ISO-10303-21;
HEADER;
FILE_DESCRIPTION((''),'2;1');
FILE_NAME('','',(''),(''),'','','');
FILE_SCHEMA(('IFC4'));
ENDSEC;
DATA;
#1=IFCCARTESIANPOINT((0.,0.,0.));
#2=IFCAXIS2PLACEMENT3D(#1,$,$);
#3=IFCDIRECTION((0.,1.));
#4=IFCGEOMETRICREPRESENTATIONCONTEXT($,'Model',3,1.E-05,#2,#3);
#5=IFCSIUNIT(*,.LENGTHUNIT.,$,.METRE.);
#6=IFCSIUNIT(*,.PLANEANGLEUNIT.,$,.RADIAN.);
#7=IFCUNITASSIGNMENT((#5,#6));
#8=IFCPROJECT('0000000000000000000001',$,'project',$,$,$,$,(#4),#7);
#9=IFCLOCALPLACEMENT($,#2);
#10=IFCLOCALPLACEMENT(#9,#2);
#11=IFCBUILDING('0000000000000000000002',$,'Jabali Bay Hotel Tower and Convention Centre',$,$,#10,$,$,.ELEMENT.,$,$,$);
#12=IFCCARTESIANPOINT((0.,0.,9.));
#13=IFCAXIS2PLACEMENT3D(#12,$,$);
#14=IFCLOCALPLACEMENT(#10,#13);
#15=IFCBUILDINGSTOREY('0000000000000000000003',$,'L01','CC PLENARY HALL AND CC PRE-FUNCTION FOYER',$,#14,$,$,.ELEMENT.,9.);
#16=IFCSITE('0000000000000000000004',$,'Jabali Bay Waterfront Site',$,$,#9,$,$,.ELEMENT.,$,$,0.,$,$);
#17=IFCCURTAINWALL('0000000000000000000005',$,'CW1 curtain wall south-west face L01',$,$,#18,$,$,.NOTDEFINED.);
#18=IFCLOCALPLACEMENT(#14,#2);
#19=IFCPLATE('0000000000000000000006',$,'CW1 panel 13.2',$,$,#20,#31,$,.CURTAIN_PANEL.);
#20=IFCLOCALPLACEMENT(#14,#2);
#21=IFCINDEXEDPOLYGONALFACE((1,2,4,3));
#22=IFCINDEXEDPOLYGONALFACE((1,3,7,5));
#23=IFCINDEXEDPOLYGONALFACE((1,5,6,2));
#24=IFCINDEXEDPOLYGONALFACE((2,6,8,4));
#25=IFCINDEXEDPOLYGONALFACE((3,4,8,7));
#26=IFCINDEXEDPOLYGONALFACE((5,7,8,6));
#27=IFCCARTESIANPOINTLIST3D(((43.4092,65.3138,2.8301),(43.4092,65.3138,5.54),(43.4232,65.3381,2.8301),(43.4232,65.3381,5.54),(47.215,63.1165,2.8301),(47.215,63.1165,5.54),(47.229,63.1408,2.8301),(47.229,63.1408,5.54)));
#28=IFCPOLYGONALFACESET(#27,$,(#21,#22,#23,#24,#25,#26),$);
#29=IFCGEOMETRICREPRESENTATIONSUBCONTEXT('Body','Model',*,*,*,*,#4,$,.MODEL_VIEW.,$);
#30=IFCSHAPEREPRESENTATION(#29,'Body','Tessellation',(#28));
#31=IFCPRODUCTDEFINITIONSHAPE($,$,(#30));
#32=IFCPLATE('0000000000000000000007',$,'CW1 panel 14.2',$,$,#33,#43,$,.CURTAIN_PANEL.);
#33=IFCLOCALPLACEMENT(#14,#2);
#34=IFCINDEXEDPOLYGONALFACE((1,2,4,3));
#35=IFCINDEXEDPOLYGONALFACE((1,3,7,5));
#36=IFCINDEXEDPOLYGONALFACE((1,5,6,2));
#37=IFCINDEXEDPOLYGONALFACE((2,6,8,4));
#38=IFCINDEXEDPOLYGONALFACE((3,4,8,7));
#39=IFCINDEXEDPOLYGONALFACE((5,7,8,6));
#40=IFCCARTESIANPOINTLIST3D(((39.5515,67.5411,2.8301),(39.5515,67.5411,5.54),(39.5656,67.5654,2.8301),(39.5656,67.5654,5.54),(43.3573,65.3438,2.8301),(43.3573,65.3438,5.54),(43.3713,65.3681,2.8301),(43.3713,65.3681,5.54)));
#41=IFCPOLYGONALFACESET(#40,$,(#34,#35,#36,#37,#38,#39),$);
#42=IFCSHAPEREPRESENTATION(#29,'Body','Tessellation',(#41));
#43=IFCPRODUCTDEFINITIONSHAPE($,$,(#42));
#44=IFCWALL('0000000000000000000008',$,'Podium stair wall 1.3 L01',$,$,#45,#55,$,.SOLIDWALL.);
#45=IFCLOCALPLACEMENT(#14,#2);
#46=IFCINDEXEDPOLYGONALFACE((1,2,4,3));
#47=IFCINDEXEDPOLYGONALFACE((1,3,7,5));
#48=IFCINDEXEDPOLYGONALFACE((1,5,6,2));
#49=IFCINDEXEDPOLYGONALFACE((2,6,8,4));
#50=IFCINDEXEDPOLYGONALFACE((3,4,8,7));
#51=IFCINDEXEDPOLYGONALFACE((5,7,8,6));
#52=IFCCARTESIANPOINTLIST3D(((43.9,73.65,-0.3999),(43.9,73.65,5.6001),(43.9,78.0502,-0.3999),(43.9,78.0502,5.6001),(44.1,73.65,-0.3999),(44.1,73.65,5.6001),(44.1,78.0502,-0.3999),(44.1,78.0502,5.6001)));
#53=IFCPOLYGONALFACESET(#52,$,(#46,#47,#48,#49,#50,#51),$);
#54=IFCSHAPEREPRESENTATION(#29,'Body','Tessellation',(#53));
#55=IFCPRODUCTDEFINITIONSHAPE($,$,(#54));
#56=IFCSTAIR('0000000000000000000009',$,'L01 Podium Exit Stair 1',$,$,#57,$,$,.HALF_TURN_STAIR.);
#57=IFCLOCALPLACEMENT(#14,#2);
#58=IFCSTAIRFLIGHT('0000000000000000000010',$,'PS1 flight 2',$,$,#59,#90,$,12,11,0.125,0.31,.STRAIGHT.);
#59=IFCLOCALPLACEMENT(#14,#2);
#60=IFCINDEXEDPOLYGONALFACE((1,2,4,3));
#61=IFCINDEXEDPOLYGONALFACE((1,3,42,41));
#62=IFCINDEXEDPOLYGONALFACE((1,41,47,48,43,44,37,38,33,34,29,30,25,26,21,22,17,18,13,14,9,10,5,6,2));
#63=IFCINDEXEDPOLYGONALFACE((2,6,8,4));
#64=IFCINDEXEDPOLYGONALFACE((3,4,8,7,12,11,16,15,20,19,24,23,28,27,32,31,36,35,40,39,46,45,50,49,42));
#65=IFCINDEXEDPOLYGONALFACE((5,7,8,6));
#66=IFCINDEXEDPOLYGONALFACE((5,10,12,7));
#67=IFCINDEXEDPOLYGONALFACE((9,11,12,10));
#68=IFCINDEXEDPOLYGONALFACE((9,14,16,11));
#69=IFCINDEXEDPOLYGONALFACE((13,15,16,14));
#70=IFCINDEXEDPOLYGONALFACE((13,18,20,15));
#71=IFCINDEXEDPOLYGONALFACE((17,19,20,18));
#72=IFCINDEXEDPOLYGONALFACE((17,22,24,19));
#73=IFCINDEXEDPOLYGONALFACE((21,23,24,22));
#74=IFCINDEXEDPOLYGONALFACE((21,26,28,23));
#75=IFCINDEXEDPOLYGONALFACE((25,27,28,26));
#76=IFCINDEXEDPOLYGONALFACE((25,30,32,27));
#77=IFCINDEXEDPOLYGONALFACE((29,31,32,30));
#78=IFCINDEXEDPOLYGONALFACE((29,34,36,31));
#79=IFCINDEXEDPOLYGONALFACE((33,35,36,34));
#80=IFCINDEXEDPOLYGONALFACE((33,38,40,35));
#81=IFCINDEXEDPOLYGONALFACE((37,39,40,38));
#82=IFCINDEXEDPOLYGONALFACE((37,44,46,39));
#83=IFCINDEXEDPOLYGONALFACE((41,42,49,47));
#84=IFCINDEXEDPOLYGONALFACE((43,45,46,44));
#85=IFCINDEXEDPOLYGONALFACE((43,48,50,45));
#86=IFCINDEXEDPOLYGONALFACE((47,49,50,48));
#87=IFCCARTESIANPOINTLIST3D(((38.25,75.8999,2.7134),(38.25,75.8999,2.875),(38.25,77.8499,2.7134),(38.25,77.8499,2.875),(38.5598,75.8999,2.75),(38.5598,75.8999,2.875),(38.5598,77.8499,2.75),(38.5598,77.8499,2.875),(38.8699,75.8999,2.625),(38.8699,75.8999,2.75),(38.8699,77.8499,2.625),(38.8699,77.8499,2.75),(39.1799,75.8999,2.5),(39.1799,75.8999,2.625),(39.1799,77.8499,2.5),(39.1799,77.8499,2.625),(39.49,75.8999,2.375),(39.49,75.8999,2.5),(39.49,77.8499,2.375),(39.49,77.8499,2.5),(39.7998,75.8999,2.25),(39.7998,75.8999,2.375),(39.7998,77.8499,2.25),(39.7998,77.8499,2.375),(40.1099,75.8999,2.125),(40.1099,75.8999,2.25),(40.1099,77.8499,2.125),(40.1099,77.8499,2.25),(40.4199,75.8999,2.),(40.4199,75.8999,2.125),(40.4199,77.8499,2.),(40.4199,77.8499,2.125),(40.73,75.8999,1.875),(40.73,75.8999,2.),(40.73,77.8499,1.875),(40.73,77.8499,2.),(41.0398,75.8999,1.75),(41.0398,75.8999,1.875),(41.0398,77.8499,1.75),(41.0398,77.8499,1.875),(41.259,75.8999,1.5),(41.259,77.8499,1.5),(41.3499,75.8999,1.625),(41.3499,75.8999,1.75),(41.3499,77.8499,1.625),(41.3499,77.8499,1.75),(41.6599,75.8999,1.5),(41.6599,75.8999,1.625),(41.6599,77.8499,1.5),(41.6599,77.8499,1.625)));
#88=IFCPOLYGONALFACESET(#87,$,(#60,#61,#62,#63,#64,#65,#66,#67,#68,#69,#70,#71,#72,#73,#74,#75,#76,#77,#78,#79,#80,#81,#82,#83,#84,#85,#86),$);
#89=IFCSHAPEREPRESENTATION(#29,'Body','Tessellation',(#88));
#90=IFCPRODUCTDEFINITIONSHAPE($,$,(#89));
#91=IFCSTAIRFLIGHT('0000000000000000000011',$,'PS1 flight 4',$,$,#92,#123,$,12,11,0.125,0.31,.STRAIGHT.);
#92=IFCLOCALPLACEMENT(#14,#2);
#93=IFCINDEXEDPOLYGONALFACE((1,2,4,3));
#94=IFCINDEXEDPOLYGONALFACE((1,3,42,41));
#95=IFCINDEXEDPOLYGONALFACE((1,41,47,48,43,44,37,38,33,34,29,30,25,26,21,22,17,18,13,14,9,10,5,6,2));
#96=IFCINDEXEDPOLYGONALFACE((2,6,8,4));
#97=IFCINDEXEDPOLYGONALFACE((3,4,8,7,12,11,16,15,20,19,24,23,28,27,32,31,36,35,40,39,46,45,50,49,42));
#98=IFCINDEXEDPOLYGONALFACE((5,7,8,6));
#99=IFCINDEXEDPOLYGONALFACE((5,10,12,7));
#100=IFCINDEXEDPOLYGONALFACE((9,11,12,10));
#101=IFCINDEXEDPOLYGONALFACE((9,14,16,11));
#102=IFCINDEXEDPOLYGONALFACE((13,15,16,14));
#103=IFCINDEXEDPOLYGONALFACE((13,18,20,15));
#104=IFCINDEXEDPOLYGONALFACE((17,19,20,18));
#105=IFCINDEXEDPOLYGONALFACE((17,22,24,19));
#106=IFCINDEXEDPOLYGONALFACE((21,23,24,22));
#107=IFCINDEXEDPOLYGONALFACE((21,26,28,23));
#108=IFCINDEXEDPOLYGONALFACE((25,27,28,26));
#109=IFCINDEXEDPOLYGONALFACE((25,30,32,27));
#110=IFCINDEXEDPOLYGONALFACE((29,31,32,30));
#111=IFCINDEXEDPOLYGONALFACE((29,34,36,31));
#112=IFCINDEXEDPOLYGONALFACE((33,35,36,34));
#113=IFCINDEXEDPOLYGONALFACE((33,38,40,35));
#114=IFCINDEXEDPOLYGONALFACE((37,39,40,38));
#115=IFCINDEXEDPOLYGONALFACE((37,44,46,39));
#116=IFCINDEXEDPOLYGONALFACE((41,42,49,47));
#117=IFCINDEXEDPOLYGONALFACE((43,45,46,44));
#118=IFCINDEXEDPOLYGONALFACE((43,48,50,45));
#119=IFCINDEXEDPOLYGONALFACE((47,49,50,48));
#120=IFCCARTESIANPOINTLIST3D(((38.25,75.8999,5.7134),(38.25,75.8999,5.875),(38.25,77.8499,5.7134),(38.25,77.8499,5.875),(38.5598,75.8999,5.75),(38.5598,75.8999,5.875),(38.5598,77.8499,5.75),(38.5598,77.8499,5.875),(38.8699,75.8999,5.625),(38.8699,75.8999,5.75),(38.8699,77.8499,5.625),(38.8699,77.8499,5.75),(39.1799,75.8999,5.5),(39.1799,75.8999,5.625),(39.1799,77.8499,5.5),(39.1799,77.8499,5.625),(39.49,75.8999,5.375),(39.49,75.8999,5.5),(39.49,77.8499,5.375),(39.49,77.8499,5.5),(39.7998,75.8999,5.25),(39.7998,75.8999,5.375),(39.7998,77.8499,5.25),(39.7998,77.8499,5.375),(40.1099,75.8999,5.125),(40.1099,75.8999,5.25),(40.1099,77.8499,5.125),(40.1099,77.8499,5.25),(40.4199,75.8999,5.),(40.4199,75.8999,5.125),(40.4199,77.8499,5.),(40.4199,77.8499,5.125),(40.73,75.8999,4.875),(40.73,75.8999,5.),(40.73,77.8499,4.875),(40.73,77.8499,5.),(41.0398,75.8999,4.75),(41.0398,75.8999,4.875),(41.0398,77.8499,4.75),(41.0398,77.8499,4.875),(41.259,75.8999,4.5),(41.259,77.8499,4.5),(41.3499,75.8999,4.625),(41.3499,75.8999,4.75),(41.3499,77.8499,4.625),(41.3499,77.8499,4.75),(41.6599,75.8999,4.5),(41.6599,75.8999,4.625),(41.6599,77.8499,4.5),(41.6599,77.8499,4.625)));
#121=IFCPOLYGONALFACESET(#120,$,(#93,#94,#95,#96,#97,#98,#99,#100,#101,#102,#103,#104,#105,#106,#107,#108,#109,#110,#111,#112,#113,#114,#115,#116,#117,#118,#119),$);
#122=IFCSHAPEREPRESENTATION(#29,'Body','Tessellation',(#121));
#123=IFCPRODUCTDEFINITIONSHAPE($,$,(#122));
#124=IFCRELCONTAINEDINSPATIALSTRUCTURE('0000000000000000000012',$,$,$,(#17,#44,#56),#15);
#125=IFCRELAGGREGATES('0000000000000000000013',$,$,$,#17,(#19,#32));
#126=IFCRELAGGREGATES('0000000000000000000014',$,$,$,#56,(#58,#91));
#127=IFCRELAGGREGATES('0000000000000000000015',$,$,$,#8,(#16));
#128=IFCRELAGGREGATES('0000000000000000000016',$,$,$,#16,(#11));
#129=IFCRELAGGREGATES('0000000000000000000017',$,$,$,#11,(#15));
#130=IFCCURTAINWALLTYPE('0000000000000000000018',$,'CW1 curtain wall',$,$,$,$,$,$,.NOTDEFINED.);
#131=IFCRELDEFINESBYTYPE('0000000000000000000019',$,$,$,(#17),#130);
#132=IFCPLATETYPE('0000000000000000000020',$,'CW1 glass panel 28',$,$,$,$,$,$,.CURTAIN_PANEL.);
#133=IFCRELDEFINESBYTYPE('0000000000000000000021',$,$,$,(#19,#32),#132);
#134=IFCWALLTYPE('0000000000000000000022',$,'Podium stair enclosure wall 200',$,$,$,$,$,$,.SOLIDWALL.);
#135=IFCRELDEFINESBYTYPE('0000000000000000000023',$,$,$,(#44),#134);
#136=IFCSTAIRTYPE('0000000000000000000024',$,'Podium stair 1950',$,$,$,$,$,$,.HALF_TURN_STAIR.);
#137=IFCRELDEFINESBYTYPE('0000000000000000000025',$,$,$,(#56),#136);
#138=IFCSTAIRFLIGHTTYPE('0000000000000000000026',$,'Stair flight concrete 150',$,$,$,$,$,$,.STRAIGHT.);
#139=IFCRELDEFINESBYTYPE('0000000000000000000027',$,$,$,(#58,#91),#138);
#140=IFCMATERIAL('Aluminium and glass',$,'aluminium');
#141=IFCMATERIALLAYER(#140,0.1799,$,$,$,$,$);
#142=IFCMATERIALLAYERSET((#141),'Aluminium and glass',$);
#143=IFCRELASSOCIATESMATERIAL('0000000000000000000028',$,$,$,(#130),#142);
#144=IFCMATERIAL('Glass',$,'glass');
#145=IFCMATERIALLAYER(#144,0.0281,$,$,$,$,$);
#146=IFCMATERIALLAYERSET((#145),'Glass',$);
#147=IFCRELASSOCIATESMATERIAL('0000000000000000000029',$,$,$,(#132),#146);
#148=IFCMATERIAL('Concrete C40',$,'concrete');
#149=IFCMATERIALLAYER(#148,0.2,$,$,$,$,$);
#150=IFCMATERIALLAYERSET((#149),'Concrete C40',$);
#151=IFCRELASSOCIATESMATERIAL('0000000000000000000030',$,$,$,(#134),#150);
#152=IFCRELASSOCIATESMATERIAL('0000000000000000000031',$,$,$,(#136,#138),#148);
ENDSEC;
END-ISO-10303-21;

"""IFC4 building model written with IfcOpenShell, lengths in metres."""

from ifc_helpers import new_model, si_unit, direction, frame, frame_2d, origin, origin_2d, place, context, subcontext, project, spatial, polyline, rectangle, outline, extrude, material, layer, layer_set, type_object, element, aggregate, save


model = new_model("IFC4")

# Units and contexts
model_context = context("Model", 3, precision=1e-05, world=origin(), true_north=direction((0.0, 1.0)))
body_context = subcontext(model_context, "Body", "Model", "MODEL_VIEW")
ifc_project = project(units=[si_unit("LENGTHUNIT", "METRE"), si_unit("PLANEANGLEUNIT", "RADIAN")], contexts=[model_context])

# Site, building, storey
site_placement = place(None, origin())
site = spatial("IfcSite", under=ifc_project, at=site_placement, Name="Jabali Bay Waterfront Site", CompositionType="ELEMENT", RefElevation=0.0)
building_placement = place(site_placement, origin())
building = spatial("IfcBuilding", under=site, at=building_placement, Name="Jabali Bay Hotel Tower and Convention Centre", CompositionType="ELEMENT")
storey_placement = place(building_placement, frame((0.0, 0.0, 9.0)))
storey = spatial("IfcBuildingStorey", under=building, at=storey_placement, Name="L01", Description="CC PLENARY HALL AND CC PRE-FUNCTION FOYER", CompositionType="ELEMENT", Elevation=9.0)

# Shared definitions
ifc_material_1 = material(Name="Concrete C40", Category="concrete")

# Curtain wall, plates
ifc_material_2 = material(Name="Aluminium and glass", Category="aluminium")
ifc_layer_1 = layer(ifc_material_2, 0.1799)
ifc_layer_set_1 = layer_set([ifc_layer_1], Name="Aluminium and glass")
curtain_wall_type = type_object("IfcCurtainWallType", Name="CW1 curtain wall", PredefinedType="NOTDEFINED", material=ifc_layer_set_1)
curtain_wall_placement = place(storey_placement, origin())
curtain_wall = element("IfcCurtainWall", 1, at=curtain_wall_placement, inside=storey, type_object=curtain_wall_type, Name="CW1 curtain wall south-west face L01", PredefinedType="NOTDEFINED")
ifc_material_3 = material(Name="Glass", Category="glass")
ifc_layer_2 = layer(ifc_material_3, 0.0281)
ifc_layer_set_2 = layer_set([ifc_layer_2], Name="Glass")
plate_type = type_object("IfcPlateType", Name="CW1 glass panel 28", PredefinedType="CURTAIN_PANEL", material=ifc_layer_set_2)
plate_1_placement = place(storey_placement, frame((45.3191, 64.2273, 2.8301), z_axis=(0.0, 0.0, 1.0), x_axis=(-0.866025, 0.5, 0.0)))
plate_1 = element("IfcPlate", 2, at=plate_1_placement, type_object=plate_type, Name="CW1 panel 13.2", PredefinedType="CURTAIN_PANEL", context=body_context, shape_type="SweptSolid", body=[
    extrude(rectangle(XDim=4.3945, YDim=0.0281, at=origin_2d()), origin(), (0.0, 0.0, 1.0), 2.71),
])
plate_2_placement = place(storey_placement, frame((41.4614, 66.4546, 2.8301), z_axis=(0.0, 0.0, 1.0), x_axis=(-0.866025, 0.5, 0.0)))
plate_2 = element("IfcPlate", 3, at=plate_2_placement, type_object=plate_type, Name="CW1 panel 14.2", PredefinedType="CURTAIN_PANEL", context=body_context, shape_type="SweptSolid", body=[
    extrude(rectangle(XDim=4.3945, YDim=0.0281, at=origin_2d()), origin(), (0.0, 0.0, 1.0), 2.71),
])
aggregate(curtain_wall, [plate_1, plate_2])

# Wall
ifc_layer_3 = layer(ifc_material_1, 0.2)
ifc_layer_set_3 = layer_set([ifc_layer_3], Name="Concrete C40")
wall_type = type_object("IfcWallType", Name="Podium stair enclosure wall 200", PredefinedType="SOLIDWALL", material=ifc_layer_set_3)
wall_placement = place(storey_placement, frame((44.0, 73.6499, -0.3999), z_axis=(0.0, 0.0, 1.0), x_axis=(0.0, 1.0, 0.0)))
element("IfcWall", 4, at=wall_placement, inside=storey, type_object=wall_type, Name="Podium stair wall 1.3 L01", PredefinedType="SOLIDWALL", context=body_context, shape_type="SweptSolid", body=[
    extrude(rectangle(XDim=4.4001, YDim=0.2, at=frame_2d((2.2002, 0.0))), origin(), (0.0, 0.0, 1.0), 6.0),
])

# Stair, stair flights
stair_type = type_object("IfcStairType", Name="Podium stair 1950", PredefinedType="HALF_TURN_STAIR", material=ifc_material_1)
stair_placement = place(storey_placement, origin())
stair = element("IfcStair", 5, at=stair_placement, inside=storey, type_object=stair_type, Name="L01 Podium Exit Stair 1", PredefinedType="HALF_TURN_STAIR")
stair_flight_type = type_object("IfcStairFlightType", Name="Stair flight concrete 150", PredefinedType="STRAIGHT", material=ifc_material_1)
stair_flight_1_placement = place(storey_placement, frame((41.6599, 76.875, 1.5), z_axis=(0.0, 0.0, 1.0), x_axis=(-1.0, 0.0, 0.0)))
stair_flight_1 = element("IfcStairFlight", 6, at=stair_flight_1_placement, type_object=stair_flight_type, Name="PS1 flight 2", NumberOfRisers=12, NumberOfTreads=11, PredefinedType="STRAIGHT", RiserHeight=0.125, TreadLength=0.31, context=body_context, shape_type="SweptSolid", body=[
    extrude(outline(polyline([(0.0, 0.0), (0.0, 0.125), (0.3101, 0.125), (0.3101, 0.25), (0.6201, 0.25), (0.6201, 0.375), (0.9299, 0.375), (0.9299, 0.5), (1.24, 0.5), (1.24, 0.625), (1.55, 0.625), (1.55, 0.75), (1.8601, 0.75), (1.8601, 0.875), (2.1699, 0.875), (2.1699, 1.0), (2.48, 1.0), (2.48, 1.125), (2.79, 1.125), (2.79, 1.25), (3.1001, 1.25), (3.1001, 1.375), (3.4099, 1.375), (3.4099, 1.5), (3.4099, 1.2134), (0.4009, 0.0), (0.0, 0.0)])), frame((0.0, 0.9751, 0.0), z_axis=(0.0, -1.0, 0.0), x_axis=(1.0, 0.0, 0.0)), (0.0, 0.0, 1.0), 1.95),
])
stair_flight_2_placement = place(storey_placement, frame((41.6599, 76.875, 4.5), z_axis=(0.0, 0.0, 1.0), x_axis=(-1.0, 0.0, 0.0)))
stair_flight_2 = element("IfcStairFlight", 7, at=stair_flight_2_placement, type_object=stair_flight_type, Name="PS1 flight 4", NumberOfRisers=12, NumberOfTreads=11, PredefinedType="STRAIGHT", RiserHeight=0.125, TreadLength=0.31, context=body_context, shape_type="SweptSolid", body=[
    extrude(outline(polyline([(0.0, 0.0), (0.0, 0.125), (0.3101, 0.125), (0.3101, 0.25), (0.6201, 0.25), (0.6201, 0.375), (0.9299, 0.375), (0.9299, 0.5), (1.24, 0.5), (1.24, 0.625), (1.55, 0.625), (1.55, 0.75), (1.8601, 0.75), (1.8601, 0.875), (2.1699, 0.875), (2.1699, 1.0), (2.48, 1.0), (2.48, 1.125), (2.79, 1.125), (2.79, 1.25), (3.1001, 1.25), (3.1001, 1.375), (3.4099, 1.375), (3.4099, 1.5), (3.4099, 1.2134), (0.4009, 0.0), (0.0, 0.0)])), frame((0.0, 0.9751, 0.0), z_axis=(0.0, -1.0, 0.0), x_axis=(1.0, 0.0, 0.0)), (0.0, 0.0, 1.0), 1.95),
])
aggregate(stair, [stair_flight_1, stair_flight_2])

save(model, "model.ifc")
